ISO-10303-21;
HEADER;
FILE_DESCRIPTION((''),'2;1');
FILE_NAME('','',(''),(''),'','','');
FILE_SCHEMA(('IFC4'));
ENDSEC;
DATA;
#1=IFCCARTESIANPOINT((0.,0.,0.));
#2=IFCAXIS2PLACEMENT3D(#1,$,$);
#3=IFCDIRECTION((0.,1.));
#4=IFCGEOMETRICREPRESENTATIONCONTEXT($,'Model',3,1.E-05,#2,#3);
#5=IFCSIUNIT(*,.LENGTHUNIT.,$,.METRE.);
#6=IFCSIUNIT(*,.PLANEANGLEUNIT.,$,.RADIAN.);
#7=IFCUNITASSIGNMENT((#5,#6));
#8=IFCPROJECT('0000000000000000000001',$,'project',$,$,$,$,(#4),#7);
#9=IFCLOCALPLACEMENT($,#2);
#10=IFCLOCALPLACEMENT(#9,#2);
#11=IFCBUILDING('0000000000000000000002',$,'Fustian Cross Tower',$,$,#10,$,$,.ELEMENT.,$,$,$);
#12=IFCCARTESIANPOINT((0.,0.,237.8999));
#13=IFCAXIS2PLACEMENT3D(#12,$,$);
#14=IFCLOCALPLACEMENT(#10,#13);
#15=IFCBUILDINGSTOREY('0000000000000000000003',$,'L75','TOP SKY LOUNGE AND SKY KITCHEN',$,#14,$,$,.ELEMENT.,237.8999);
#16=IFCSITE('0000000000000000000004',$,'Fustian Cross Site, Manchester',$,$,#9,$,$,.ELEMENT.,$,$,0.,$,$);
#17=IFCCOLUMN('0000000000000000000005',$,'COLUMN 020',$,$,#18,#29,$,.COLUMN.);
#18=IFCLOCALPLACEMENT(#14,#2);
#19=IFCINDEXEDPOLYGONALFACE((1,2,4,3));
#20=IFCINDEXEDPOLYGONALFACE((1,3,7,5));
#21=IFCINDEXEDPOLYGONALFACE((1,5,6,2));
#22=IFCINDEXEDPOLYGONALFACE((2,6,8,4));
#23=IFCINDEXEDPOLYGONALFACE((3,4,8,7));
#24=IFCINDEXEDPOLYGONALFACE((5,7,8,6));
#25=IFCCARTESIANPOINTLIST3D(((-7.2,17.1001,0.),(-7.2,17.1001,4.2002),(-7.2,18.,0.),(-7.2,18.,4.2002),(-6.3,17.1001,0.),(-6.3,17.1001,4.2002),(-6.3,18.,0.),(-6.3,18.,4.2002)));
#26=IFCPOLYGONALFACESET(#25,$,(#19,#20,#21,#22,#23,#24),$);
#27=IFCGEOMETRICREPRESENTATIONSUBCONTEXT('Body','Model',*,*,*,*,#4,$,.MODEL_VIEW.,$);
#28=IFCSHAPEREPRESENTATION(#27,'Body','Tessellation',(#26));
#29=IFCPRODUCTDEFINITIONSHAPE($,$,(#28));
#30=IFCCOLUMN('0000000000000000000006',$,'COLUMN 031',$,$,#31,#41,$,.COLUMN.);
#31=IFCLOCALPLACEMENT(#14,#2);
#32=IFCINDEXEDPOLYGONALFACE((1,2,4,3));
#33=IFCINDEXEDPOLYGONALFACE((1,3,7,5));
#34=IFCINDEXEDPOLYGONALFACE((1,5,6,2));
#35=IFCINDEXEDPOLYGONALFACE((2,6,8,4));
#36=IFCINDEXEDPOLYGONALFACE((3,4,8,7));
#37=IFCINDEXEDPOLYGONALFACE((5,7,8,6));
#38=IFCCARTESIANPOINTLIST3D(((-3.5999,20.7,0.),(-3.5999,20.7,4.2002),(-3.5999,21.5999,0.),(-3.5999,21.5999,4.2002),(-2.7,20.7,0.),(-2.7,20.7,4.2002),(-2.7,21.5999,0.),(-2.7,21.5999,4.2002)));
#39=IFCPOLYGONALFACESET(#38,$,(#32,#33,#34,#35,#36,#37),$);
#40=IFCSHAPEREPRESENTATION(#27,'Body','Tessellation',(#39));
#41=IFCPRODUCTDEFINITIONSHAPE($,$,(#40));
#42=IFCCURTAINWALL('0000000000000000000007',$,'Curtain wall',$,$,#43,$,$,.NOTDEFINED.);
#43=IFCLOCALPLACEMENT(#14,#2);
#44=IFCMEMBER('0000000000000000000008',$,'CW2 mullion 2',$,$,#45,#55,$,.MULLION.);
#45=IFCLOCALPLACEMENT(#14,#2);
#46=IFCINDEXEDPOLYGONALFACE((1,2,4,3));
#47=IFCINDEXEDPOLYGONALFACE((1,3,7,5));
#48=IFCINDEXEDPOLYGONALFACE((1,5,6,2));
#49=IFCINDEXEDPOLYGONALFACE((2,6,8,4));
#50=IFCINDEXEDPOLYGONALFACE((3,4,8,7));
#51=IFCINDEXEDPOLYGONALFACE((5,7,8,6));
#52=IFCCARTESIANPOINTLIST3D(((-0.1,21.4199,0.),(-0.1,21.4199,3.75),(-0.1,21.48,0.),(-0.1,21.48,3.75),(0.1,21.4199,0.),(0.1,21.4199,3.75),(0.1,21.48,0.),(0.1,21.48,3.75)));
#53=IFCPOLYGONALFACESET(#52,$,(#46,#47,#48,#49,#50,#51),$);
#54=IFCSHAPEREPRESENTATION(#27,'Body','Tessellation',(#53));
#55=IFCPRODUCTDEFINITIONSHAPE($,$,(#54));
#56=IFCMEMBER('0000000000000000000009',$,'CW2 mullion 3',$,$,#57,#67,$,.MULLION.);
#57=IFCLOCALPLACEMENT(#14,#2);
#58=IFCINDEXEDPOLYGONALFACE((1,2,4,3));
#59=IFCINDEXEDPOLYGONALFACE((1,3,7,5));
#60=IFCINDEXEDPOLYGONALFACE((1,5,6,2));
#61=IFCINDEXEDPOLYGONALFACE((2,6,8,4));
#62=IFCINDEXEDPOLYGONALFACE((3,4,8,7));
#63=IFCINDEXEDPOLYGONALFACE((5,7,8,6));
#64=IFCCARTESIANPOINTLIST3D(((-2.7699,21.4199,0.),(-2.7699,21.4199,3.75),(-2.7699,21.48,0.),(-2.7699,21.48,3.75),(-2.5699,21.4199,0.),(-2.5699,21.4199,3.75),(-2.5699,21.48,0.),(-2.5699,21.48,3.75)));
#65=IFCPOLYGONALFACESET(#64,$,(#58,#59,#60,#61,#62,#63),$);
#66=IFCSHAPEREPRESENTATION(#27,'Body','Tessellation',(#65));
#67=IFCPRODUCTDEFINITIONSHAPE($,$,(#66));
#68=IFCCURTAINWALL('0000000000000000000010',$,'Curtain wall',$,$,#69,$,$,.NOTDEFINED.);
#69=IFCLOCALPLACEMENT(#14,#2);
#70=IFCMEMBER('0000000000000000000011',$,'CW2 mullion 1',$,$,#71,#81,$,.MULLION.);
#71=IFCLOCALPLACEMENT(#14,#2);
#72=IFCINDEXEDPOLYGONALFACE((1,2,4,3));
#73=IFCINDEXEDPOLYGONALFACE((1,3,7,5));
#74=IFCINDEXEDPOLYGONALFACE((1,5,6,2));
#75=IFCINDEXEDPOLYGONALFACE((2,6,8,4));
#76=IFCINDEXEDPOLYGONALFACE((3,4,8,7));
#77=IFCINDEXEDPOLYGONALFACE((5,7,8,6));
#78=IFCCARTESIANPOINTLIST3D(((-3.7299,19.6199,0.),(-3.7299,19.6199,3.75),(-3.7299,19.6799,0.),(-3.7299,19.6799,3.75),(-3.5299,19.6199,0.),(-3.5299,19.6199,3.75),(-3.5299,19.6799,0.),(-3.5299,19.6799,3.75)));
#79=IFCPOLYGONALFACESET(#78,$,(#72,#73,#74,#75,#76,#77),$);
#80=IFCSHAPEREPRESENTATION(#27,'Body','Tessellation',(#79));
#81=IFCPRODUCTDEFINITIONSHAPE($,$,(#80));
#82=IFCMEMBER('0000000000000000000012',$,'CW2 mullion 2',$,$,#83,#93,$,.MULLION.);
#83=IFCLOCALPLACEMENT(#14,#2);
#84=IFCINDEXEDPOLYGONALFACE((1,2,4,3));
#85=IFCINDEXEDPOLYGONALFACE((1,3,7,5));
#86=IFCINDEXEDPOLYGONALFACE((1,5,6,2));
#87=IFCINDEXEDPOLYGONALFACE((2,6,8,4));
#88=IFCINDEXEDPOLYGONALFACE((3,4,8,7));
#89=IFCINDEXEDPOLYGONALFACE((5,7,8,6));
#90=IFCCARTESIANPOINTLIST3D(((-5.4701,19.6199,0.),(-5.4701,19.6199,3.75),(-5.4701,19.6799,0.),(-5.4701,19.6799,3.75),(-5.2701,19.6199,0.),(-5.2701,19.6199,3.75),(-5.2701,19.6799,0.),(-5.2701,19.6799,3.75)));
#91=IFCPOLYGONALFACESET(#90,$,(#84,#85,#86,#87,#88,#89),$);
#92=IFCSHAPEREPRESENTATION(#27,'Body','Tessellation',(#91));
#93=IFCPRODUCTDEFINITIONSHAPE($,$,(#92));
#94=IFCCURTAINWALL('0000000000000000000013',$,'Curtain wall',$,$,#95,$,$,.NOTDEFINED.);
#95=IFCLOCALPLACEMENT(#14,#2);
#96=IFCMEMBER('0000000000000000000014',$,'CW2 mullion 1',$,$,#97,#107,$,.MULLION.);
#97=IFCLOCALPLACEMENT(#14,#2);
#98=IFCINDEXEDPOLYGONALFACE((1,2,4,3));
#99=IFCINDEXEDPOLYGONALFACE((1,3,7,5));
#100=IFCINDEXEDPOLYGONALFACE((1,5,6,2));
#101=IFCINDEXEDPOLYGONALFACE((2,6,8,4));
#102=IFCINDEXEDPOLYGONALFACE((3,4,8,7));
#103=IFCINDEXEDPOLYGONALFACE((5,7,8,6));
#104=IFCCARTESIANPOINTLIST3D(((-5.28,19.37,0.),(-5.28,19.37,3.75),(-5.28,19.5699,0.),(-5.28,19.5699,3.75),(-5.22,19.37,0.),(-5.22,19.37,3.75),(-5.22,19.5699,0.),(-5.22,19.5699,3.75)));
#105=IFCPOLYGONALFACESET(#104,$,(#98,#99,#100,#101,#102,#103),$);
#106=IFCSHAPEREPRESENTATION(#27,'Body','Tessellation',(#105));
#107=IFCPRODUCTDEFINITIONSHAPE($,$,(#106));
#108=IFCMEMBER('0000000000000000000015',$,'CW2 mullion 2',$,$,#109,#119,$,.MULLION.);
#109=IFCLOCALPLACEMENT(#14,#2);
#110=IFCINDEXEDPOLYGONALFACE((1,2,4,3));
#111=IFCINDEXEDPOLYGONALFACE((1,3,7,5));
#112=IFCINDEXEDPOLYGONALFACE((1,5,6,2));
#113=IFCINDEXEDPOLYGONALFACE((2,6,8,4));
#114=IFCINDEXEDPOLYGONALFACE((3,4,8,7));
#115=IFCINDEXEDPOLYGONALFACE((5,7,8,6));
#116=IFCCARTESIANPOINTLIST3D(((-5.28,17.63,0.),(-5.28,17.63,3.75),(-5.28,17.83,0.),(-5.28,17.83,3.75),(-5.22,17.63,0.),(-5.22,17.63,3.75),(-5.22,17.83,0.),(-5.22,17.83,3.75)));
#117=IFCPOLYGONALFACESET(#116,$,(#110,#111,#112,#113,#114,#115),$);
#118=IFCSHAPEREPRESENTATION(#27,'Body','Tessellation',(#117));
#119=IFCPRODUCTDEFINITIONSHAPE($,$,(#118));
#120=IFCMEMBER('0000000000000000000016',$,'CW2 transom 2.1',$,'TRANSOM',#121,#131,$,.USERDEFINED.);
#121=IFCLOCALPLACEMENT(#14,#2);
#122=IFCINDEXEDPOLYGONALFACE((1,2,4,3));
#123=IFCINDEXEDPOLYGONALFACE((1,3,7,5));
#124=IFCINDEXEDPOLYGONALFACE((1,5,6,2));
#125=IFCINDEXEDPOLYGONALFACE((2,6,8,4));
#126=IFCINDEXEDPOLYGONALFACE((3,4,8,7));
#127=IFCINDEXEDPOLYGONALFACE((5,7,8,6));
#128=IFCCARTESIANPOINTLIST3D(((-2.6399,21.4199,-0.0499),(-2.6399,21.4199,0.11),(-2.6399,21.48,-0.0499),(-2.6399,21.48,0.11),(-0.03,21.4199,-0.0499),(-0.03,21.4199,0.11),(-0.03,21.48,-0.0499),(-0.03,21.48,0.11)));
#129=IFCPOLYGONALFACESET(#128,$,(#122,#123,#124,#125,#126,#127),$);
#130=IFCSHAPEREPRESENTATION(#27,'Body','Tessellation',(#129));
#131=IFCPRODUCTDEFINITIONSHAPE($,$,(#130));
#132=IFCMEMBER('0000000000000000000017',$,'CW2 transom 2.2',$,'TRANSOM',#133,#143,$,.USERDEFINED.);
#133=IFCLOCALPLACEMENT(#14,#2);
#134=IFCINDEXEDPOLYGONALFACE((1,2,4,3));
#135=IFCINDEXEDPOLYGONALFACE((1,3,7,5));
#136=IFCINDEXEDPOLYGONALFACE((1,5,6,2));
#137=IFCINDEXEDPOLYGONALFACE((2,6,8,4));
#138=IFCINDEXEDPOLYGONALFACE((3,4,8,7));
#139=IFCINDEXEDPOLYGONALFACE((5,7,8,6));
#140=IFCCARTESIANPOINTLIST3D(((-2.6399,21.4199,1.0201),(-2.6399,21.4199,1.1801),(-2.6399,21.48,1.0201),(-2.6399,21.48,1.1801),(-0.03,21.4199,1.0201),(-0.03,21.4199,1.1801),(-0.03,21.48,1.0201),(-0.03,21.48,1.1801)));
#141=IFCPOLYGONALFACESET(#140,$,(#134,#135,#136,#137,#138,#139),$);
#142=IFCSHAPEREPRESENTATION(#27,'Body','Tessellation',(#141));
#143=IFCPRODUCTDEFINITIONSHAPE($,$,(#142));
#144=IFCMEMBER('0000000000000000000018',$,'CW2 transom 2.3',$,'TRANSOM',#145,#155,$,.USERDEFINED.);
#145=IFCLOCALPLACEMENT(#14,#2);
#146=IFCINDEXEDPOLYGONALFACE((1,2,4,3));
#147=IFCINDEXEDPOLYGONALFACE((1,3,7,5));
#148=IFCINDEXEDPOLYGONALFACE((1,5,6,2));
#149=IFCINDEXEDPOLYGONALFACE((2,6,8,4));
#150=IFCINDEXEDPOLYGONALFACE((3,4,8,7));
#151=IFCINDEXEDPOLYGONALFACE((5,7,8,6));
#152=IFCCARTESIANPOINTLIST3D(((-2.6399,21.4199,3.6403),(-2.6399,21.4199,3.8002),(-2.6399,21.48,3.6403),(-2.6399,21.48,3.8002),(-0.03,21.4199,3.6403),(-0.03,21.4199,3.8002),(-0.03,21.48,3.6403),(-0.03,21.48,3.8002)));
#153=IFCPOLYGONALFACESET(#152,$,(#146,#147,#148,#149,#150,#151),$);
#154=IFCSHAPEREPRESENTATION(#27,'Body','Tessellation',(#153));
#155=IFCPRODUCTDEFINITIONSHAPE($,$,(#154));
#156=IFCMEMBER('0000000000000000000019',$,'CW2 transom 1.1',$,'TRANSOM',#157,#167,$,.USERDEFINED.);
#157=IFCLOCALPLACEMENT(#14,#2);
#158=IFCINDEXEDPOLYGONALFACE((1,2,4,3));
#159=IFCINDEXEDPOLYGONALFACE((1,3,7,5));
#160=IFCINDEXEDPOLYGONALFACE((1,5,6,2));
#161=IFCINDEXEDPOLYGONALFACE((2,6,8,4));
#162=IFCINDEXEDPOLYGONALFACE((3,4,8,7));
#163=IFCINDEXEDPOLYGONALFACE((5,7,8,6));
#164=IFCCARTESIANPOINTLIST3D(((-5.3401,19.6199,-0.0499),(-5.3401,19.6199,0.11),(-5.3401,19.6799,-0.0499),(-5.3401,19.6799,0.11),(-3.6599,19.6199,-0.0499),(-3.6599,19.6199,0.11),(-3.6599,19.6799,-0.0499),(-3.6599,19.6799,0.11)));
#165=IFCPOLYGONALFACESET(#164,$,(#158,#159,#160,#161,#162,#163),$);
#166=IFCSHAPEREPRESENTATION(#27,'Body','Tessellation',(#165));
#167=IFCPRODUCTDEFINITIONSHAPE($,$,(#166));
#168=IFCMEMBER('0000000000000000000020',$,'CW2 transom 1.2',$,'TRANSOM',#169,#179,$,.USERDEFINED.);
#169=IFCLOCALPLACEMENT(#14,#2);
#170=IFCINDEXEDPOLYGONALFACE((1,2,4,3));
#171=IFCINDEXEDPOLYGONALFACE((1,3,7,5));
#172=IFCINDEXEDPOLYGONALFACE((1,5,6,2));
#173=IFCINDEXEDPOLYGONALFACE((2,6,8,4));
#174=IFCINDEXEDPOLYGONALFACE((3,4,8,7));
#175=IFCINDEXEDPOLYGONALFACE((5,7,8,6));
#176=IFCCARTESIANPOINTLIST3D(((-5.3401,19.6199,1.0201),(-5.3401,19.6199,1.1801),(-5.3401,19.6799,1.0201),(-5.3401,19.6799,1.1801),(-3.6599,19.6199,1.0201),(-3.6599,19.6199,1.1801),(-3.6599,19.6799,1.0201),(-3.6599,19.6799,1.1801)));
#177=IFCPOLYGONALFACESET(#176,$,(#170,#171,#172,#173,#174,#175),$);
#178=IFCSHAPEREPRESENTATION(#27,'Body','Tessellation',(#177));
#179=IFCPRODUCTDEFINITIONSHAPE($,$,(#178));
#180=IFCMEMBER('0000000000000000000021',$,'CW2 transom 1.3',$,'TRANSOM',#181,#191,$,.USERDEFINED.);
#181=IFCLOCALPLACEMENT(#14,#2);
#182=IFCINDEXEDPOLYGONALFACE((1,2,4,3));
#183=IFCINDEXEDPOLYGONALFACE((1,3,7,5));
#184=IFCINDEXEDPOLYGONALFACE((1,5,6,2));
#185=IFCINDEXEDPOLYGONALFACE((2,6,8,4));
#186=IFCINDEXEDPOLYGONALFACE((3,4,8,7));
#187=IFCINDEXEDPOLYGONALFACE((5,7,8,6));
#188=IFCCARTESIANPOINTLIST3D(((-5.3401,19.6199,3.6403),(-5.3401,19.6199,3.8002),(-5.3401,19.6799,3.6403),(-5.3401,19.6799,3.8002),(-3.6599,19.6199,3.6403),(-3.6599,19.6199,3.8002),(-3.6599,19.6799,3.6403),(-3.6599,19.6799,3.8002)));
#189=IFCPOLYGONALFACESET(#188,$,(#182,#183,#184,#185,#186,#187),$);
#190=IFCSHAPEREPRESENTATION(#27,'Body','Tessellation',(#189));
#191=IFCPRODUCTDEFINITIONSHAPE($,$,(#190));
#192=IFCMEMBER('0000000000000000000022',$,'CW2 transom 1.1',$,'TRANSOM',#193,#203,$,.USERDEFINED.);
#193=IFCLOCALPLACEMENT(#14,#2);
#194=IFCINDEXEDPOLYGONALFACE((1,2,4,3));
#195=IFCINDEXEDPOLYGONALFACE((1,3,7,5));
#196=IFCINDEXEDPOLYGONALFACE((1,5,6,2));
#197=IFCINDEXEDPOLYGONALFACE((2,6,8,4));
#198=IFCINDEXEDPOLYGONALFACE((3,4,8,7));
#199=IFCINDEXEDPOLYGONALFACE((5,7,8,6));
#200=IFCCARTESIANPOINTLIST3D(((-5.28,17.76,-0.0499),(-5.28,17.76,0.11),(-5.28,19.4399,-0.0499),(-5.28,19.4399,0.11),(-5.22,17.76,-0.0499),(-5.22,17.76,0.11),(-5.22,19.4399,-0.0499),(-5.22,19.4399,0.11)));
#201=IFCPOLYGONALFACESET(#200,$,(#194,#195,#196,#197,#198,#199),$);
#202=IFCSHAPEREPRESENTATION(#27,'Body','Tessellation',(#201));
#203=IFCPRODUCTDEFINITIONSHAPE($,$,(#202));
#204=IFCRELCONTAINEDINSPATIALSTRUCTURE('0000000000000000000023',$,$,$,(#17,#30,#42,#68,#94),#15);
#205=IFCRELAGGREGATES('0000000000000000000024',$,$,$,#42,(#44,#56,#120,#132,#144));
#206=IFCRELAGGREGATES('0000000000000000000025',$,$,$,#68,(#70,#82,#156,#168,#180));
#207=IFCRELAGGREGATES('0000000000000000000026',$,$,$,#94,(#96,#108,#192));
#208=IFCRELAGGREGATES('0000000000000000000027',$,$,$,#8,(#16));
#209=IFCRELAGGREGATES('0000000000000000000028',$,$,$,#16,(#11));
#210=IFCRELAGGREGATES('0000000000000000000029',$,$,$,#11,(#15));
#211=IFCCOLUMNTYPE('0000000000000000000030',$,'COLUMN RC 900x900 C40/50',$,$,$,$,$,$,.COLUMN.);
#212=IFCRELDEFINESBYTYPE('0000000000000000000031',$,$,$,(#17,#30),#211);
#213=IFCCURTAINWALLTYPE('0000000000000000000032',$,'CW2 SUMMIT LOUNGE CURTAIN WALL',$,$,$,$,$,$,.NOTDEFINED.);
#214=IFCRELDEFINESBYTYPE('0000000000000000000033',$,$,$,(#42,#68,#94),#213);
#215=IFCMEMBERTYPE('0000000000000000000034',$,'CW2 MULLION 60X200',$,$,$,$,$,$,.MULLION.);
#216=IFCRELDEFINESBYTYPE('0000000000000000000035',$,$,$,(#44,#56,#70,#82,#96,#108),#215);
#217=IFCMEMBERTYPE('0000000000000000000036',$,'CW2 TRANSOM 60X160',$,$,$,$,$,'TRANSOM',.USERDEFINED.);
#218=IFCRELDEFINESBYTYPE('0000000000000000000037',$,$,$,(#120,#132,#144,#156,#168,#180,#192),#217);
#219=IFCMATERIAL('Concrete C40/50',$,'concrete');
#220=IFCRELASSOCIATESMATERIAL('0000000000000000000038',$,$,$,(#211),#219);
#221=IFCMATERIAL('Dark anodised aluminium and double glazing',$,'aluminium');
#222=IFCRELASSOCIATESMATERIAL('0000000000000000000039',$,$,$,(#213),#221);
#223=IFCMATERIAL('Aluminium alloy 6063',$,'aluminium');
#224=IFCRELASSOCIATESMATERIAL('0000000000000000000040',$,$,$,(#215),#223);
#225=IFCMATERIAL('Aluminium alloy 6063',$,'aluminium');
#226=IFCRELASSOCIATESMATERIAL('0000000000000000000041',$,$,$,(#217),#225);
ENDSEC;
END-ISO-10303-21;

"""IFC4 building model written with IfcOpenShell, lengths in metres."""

from ifc_helpers import new_model, si_unit, direction, frame, origin, origin_2d, place, context, subcontext, project, spatial, rectangle, extrude, material, material_profile, profile_set, type_object, element, aggregate, save


model = new_model("IFC4")

# Units and contexts
model_context = context("Model", 3, precision=1e-05, world=origin(), true_north=direction((0.0, 1.0)))
body_context = subcontext(model_context, "Body", "Model", "MODEL_VIEW")
ifc_project = project(units=[si_unit("LENGTHUNIT", "METRE"), si_unit("PLANEANGLEUNIT", "RADIAN")], contexts=[model_context])

# Site, building, storey
site_placement = place(None, origin())
site = spatial("IfcSite", under=ifc_project, at=site_placement, Name="Fustian Cross Site, Manchester", CompositionType="ELEMENT", RefElevation=0.0)
building_placement = place(site_placement, origin())
building = spatial("IfcBuilding", under=site, at=building_placement, Name="Fustian Cross Tower", CompositionType="ELEMENT")
storey_placement = place(building_placement, frame((0.0, 0.0, 237.8999)))
storey = spatial("IfcBuildingStorey", under=building, at=storey_placement, Name="L75", Description="TOP SKY LOUNGE AND SKY KITCHEN", CompositionType="ELEMENT", Elevation=237.8999)

# Columns
ifc_material_1 = material(Name="Concrete C40/50", Category="concrete")
ifc_material_profile_1 = material_profile(ifc_material_1, rectangle(XDim=0.8999, YDim=0.8999, at=origin_2d()), Name="RC 900x900")
ifc_profile_set_1 = profile_set([ifc_material_profile_1], Name="Concrete C40/50")
column_type = type_object("IfcColumnType", Name="COLUMN RC 900x900 C40/50", PredefinedType="COLUMN", material=ifc_profile_set_1)
for number, where, z_axis, x_axis, name in (
    (1, (-6.75, 17.55, 0.0), (0.0, 0.0, 1.0), (1.0, 0.0, 0.0), "COLUMN 020"),
    (2, (-3.1499, 21.1499, 0.0), (0.0, 0.0, 1.0), (1.0, 0.0, 0.0), "COLUMN 031"),
):
    element("IfcColumn", number, at=place(storey_placement, frame(where, z_axis=z_axis, x_axis=x_axis)), inside=storey, type_object=column_type, Name=name, PredefinedType="COLUMN", context=body_context, shape_type="SweptSolid", body=[
        extrude(rectangle(XDim=0.8999, YDim=0.8999, at=origin_2d()), origin(), (0.0, 0.0, 1.0), 4.2002),
    ])

# Curtain walls, members
ifc_material_2 = material(Name="Dark anodised aluminium and double glazing", Category="aluminium")
curtain_wall_type = type_object("IfcCurtainWallType", Name="CW2 SUMMIT LOUNGE CURTAIN WALL", PredefinedType="NOTDEFINED", material=ifc_material_2)
curtain_wall_1_placement = place(storey_placement, origin())
curtain_wall_1 = element("IfcCurtainWall", 3, at=curtain_wall_1_placement, inside=storey, type_object=curtain_wall_type, Name="Curtain wall", PredefinedType="NOTDEFINED")
ifc_material_3 = material(Name="Aluminium alloy 6063", Category="aluminium")
ifc_material_profile_2 = material_profile(ifc_material_3, rectangle(XDim=0.0601, YDim=0.2, at=origin_2d()), Name="CW2 MULLION 60X200")
ifc_profile_set_2 = profile_set([ifc_material_profile_2], Name="Aluminium alloy 6063")
member_type_1 = type_object("IfcMemberType", Name="CW2 MULLION 60X200", PredefinedType="MULLION", material=ifc_profile_set_2)
member_1_placement = place(storey_placement, frame((0.0, 21.45, 0.0), z_axis=(0.0, 0.0, 1.0), x_axis=(0.0, -1.0, 0.0)))
member_1 = element("IfcMember", 4, at=member_1_placement, type_object=member_type_1, Name="CW2 mullion 2", PredefinedType="MULLION", context=body_context, shape_type="SweptSolid", body=[
    extrude(rectangle(XDim=0.0601, YDim=0.2, at=origin_2d()), origin(), (0.0, 0.0, 1.0), 3.75),
])
member_2_placement = place(storey_placement, frame((-2.6699, 21.45, 0.0), z_axis=(0.0, 0.0, 1.0), x_axis=(0.0, -1.0, 0.0)))
member_2 = element("IfcMember", 5, at=member_2_placement, type_object=member_type_1, Name="CW2 mullion 3", PredefinedType="MULLION", context=body_context, shape_type="SweptSolid", body=[
    extrude(rectangle(XDim=0.0601, YDim=0.2, at=origin_2d()), origin(), (0.0, 0.0, 1.0), 3.75),
])
curtain_wall_2_placement = place(storey_placement, origin())
curtain_wall_2 = element("IfcCurtainWall", 6, at=curtain_wall_2_placement, inside=storey, type_object=curtain_wall_type, Name="Curtain wall", PredefinedType="NOTDEFINED")
member_3_placement = place(storey_placement, frame((-3.6299, 19.6499, 0.0), z_axis=(0.0, 0.0, 1.0), x_axis=(0.0, -1.0, 0.0)))
member_3 = element("IfcMember", 7, at=member_3_placement, type_object=member_type_1, Name="CW2 mullion 1", PredefinedType="MULLION", context=body_context, shape_type="SweptSolid", body=[
    extrude(rectangle(XDim=0.0601, YDim=0.2, at=origin_2d()), origin(), (0.0, 0.0, 1.0), 3.75),
])
member_4_placement = place(storey_placement, frame((-5.3701, 19.6499, 0.0), z_axis=(0.0, 0.0, 1.0), x_axis=(0.0, -1.0, 0.0)))
member_4 = element("IfcMember", 8, at=member_4_placement, type_object=member_type_1, Name="CW2 mullion 2", PredefinedType="MULLION", context=body_context, shape_type="SweptSolid", body=[
    extrude(rectangle(XDim=0.0601, YDim=0.2, at=origin_2d()), origin(), (0.0, 0.0, 1.0), 3.75),
])
curtain_wall_3_placement = place(storey_placement, origin())
curtain_wall_3 = element("IfcCurtainWall", 9, at=curtain_wall_3_placement, inside=storey, type_object=curtain_wall_type, Name="Curtain wall", PredefinedType="NOTDEFINED")
member_5_placement = place(storey_placement, frame((-5.25, 19.47, 0.0), z_axis=(0.0, 0.0, 1.0), x_axis=(1.0, 0.0, 0.0)))
member_5 = element("IfcMember", 10, at=member_5_placement, type_object=member_type_1, Name="CW2 mullion 1", PredefinedType="MULLION", context=body_context, shape_type="SweptSolid", body=[
    extrude(rectangle(XDim=0.0601, YDim=0.2, at=origin_2d()), origin(), (0.0, 0.0, 1.0), 3.75),
])
member_6_placement = place(storey_placement, frame((-5.25, 17.73, 0.0), z_axis=(0.0, 0.0, 1.0), x_axis=(1.0, 0.0, 0.0)))
member_6 = element("IfcMember", 11, at=member_6_placement, type_object=member_type_1, Name="CW2 mullion 2", PredefinedType="MULLION", context=body_context, shape_type="SweptSolid", body=[
    extrude(rectangle(XDim=0.0601, YDim=0.2, at=origin_2d()), origin(), (0.0, 0.0, 1.0), 3.75),
])

# Members
ifc_material_4 = material(Name="Aluminium alloy 6063", Category="aluminium")
ifc_material_profile_3 = material_profile(ifc_material_4, rectangle(XDim=0.0601, YDim=0.1599, at=origin_2d()), Name="CW2 TRANSOM 60X160")
ifc_profile_set_3 = profile_set([ifc_material_profile_3], Name="Aluminium alloy 6063")
member_type_2 = type_object("IfcMemberType", Name="CW2 TRANSOM 60X160", ElementType="TRANSOM", PredefinedType="USERDEFINED", material=ifc_profile_set_3)
member_7_placement = place(storey_placement, frame((-0.03, 21.45, 0.03), z_axis=(-1.0, 0.0, 0.0), x_axis=(0.0, -1.0, 0.0)))
member_7 = element("IfcMember", 12, at=member_7_placement, type_object=member_type_2, Name="CW2 transom 2.1", ObjectType="TRANSOM", PredefinedType="USERDEFINED", context=body_context, shape_type="SweptSolid", body=[
    extrude(rectangle(XDim=0.0601, YDim=0.1599, at=origin_2d()), origin(), (0.0, 0.0, 1.0), 2.6099),
])
member_8_placement = place(storey_placement, frame((-0.03, 21.45, 1.1001), z_axis=(-1.0, 0.0, 0.0), x_axis=(0.0, -1.0, 0.0)))
member_8 = element("IfcMember", 13, at=member_8_placement, type_object=member_type_2, Name="CW2 transom 2.2", ObjectType="TRANSOM", PredefinedType="USERDEFINED", context=body_context, shape_type="SweptSolid", body=[
    extrude(rectangle(XDim=0.0601, YDim=0.1599, at=origin_2d()), origin(), (0.0, 0.0, 1.0), 2.6099),
])
member_9_placement = place(storey_placement, frame((-0.03, 21.45, 3.7202), z_axis=(-1.0, 0.0, 0.0), x_axis=(0.0, -1.0, 0.0)))
member_9 = element("IfcMember", 14, at=member_9_placement, type_object=member_type_2, Name="CW2 transom 2.3", ObjectType="TRANSOM", PredefinedType="USERDEFINED", context=body_context, shape_type="SweptSolid", body=[
    extrude(rectangle(XDim=0.0601, YDim=0.1599, at=origin_2d()), origin(), (0.0, 0.0, 1.0), 2.6099),
])
member_10_placement = place(storey_placement, frame((-3.6599, 19.6499, 0.03), z_axis=(-1.0, 0.0, 0.0), x_axis=(0.0, -1.0, 0.0)))
member_10 = element("IfcMember", 15, at=member_10_placement, type_object=member_type_2, Name="CW2 transom 1.1", ObjectType="TRANSOM", PredefinedType="USERDEFINED", context=body_context, shape_type="SweptSolid", body=[
    extrude(rectangle(XDim=0.0601, YDim=0.1599, at=origin_2d()), origin(), (0.0, 0.0, 1.0), 1.6802),
])
member_11_placement = place(storey_placement, frame((-3.6599, 19.6499, 1.1001), z_axis=(-1.0, 0.0, 0.0), x_axis=(0.0, -1.0, 0.0)))
member_11 = element("IfcMember", 16, at=member_11_placement, type_object=member_type_2, Name="CW2 transom 1.2", ObjectType="TRANSOM", PredefinedType="USERDEFINED", context=body_context, shape_type="SweptSolid", body=[
    extrude(rectangle(XDim=0.0601, YDim=0.1599, at=origin_2d()), origin(), (0.0, 0.0, 1.0), 1.6802),
])
member_12_placement = place(storey_placement, frame((-3.6599, 19.6499, 3.7202), z_axis=(-1.0, 0.0, 0.0), x_axis=(0.0, -1.0, 0.0)))
member_12 = element("IfcMember", 17, at=member_12_placement, type_object=member_type_2, Name="CW2 transom 1.3", ObjectType="TRANSOM", PredefinedType="USERDEFINED", context=body_context, shape_type="SweptSolid", body=[
    extrude(rectangle(XDim=0.0601, YDim=0.1599, at=origin_2d()), origin(), (0.0, 0.0, 1.0), 1.6802),
])
member_13_placement = place(storey_placement, frame((-5.25, 19.4399, 0.03), z_axis=(0.0, -1.0, 0.0), x_axis=(1.0, 0.0, 0.0)))
member_13 = element("IfcMember", 18, at=member_13_placement, type_object=member_type_2, Name="CW2 transom 1.1", ObjectType="TRANSOM", PredefinedType="USERDEFINED", context=body_context, shape_type="SweptSolid", body=[
    extrude(rectangle(XDim=0.0601, YDim=0.1599, at=origin_2d()), origin(), (0.0, 0.0, 1.0), 1.6799),
])

aggregate(curtain_wall_1, [member_1, member_2, member_7, member_8, member_9])
aggregate(curtain_wall_2, [member_3, member_4, member_10, member_11, member_12])
aggregate(curtain_wall_3, [member_5, member_6, member_13])

save(model, "model.ifc")
